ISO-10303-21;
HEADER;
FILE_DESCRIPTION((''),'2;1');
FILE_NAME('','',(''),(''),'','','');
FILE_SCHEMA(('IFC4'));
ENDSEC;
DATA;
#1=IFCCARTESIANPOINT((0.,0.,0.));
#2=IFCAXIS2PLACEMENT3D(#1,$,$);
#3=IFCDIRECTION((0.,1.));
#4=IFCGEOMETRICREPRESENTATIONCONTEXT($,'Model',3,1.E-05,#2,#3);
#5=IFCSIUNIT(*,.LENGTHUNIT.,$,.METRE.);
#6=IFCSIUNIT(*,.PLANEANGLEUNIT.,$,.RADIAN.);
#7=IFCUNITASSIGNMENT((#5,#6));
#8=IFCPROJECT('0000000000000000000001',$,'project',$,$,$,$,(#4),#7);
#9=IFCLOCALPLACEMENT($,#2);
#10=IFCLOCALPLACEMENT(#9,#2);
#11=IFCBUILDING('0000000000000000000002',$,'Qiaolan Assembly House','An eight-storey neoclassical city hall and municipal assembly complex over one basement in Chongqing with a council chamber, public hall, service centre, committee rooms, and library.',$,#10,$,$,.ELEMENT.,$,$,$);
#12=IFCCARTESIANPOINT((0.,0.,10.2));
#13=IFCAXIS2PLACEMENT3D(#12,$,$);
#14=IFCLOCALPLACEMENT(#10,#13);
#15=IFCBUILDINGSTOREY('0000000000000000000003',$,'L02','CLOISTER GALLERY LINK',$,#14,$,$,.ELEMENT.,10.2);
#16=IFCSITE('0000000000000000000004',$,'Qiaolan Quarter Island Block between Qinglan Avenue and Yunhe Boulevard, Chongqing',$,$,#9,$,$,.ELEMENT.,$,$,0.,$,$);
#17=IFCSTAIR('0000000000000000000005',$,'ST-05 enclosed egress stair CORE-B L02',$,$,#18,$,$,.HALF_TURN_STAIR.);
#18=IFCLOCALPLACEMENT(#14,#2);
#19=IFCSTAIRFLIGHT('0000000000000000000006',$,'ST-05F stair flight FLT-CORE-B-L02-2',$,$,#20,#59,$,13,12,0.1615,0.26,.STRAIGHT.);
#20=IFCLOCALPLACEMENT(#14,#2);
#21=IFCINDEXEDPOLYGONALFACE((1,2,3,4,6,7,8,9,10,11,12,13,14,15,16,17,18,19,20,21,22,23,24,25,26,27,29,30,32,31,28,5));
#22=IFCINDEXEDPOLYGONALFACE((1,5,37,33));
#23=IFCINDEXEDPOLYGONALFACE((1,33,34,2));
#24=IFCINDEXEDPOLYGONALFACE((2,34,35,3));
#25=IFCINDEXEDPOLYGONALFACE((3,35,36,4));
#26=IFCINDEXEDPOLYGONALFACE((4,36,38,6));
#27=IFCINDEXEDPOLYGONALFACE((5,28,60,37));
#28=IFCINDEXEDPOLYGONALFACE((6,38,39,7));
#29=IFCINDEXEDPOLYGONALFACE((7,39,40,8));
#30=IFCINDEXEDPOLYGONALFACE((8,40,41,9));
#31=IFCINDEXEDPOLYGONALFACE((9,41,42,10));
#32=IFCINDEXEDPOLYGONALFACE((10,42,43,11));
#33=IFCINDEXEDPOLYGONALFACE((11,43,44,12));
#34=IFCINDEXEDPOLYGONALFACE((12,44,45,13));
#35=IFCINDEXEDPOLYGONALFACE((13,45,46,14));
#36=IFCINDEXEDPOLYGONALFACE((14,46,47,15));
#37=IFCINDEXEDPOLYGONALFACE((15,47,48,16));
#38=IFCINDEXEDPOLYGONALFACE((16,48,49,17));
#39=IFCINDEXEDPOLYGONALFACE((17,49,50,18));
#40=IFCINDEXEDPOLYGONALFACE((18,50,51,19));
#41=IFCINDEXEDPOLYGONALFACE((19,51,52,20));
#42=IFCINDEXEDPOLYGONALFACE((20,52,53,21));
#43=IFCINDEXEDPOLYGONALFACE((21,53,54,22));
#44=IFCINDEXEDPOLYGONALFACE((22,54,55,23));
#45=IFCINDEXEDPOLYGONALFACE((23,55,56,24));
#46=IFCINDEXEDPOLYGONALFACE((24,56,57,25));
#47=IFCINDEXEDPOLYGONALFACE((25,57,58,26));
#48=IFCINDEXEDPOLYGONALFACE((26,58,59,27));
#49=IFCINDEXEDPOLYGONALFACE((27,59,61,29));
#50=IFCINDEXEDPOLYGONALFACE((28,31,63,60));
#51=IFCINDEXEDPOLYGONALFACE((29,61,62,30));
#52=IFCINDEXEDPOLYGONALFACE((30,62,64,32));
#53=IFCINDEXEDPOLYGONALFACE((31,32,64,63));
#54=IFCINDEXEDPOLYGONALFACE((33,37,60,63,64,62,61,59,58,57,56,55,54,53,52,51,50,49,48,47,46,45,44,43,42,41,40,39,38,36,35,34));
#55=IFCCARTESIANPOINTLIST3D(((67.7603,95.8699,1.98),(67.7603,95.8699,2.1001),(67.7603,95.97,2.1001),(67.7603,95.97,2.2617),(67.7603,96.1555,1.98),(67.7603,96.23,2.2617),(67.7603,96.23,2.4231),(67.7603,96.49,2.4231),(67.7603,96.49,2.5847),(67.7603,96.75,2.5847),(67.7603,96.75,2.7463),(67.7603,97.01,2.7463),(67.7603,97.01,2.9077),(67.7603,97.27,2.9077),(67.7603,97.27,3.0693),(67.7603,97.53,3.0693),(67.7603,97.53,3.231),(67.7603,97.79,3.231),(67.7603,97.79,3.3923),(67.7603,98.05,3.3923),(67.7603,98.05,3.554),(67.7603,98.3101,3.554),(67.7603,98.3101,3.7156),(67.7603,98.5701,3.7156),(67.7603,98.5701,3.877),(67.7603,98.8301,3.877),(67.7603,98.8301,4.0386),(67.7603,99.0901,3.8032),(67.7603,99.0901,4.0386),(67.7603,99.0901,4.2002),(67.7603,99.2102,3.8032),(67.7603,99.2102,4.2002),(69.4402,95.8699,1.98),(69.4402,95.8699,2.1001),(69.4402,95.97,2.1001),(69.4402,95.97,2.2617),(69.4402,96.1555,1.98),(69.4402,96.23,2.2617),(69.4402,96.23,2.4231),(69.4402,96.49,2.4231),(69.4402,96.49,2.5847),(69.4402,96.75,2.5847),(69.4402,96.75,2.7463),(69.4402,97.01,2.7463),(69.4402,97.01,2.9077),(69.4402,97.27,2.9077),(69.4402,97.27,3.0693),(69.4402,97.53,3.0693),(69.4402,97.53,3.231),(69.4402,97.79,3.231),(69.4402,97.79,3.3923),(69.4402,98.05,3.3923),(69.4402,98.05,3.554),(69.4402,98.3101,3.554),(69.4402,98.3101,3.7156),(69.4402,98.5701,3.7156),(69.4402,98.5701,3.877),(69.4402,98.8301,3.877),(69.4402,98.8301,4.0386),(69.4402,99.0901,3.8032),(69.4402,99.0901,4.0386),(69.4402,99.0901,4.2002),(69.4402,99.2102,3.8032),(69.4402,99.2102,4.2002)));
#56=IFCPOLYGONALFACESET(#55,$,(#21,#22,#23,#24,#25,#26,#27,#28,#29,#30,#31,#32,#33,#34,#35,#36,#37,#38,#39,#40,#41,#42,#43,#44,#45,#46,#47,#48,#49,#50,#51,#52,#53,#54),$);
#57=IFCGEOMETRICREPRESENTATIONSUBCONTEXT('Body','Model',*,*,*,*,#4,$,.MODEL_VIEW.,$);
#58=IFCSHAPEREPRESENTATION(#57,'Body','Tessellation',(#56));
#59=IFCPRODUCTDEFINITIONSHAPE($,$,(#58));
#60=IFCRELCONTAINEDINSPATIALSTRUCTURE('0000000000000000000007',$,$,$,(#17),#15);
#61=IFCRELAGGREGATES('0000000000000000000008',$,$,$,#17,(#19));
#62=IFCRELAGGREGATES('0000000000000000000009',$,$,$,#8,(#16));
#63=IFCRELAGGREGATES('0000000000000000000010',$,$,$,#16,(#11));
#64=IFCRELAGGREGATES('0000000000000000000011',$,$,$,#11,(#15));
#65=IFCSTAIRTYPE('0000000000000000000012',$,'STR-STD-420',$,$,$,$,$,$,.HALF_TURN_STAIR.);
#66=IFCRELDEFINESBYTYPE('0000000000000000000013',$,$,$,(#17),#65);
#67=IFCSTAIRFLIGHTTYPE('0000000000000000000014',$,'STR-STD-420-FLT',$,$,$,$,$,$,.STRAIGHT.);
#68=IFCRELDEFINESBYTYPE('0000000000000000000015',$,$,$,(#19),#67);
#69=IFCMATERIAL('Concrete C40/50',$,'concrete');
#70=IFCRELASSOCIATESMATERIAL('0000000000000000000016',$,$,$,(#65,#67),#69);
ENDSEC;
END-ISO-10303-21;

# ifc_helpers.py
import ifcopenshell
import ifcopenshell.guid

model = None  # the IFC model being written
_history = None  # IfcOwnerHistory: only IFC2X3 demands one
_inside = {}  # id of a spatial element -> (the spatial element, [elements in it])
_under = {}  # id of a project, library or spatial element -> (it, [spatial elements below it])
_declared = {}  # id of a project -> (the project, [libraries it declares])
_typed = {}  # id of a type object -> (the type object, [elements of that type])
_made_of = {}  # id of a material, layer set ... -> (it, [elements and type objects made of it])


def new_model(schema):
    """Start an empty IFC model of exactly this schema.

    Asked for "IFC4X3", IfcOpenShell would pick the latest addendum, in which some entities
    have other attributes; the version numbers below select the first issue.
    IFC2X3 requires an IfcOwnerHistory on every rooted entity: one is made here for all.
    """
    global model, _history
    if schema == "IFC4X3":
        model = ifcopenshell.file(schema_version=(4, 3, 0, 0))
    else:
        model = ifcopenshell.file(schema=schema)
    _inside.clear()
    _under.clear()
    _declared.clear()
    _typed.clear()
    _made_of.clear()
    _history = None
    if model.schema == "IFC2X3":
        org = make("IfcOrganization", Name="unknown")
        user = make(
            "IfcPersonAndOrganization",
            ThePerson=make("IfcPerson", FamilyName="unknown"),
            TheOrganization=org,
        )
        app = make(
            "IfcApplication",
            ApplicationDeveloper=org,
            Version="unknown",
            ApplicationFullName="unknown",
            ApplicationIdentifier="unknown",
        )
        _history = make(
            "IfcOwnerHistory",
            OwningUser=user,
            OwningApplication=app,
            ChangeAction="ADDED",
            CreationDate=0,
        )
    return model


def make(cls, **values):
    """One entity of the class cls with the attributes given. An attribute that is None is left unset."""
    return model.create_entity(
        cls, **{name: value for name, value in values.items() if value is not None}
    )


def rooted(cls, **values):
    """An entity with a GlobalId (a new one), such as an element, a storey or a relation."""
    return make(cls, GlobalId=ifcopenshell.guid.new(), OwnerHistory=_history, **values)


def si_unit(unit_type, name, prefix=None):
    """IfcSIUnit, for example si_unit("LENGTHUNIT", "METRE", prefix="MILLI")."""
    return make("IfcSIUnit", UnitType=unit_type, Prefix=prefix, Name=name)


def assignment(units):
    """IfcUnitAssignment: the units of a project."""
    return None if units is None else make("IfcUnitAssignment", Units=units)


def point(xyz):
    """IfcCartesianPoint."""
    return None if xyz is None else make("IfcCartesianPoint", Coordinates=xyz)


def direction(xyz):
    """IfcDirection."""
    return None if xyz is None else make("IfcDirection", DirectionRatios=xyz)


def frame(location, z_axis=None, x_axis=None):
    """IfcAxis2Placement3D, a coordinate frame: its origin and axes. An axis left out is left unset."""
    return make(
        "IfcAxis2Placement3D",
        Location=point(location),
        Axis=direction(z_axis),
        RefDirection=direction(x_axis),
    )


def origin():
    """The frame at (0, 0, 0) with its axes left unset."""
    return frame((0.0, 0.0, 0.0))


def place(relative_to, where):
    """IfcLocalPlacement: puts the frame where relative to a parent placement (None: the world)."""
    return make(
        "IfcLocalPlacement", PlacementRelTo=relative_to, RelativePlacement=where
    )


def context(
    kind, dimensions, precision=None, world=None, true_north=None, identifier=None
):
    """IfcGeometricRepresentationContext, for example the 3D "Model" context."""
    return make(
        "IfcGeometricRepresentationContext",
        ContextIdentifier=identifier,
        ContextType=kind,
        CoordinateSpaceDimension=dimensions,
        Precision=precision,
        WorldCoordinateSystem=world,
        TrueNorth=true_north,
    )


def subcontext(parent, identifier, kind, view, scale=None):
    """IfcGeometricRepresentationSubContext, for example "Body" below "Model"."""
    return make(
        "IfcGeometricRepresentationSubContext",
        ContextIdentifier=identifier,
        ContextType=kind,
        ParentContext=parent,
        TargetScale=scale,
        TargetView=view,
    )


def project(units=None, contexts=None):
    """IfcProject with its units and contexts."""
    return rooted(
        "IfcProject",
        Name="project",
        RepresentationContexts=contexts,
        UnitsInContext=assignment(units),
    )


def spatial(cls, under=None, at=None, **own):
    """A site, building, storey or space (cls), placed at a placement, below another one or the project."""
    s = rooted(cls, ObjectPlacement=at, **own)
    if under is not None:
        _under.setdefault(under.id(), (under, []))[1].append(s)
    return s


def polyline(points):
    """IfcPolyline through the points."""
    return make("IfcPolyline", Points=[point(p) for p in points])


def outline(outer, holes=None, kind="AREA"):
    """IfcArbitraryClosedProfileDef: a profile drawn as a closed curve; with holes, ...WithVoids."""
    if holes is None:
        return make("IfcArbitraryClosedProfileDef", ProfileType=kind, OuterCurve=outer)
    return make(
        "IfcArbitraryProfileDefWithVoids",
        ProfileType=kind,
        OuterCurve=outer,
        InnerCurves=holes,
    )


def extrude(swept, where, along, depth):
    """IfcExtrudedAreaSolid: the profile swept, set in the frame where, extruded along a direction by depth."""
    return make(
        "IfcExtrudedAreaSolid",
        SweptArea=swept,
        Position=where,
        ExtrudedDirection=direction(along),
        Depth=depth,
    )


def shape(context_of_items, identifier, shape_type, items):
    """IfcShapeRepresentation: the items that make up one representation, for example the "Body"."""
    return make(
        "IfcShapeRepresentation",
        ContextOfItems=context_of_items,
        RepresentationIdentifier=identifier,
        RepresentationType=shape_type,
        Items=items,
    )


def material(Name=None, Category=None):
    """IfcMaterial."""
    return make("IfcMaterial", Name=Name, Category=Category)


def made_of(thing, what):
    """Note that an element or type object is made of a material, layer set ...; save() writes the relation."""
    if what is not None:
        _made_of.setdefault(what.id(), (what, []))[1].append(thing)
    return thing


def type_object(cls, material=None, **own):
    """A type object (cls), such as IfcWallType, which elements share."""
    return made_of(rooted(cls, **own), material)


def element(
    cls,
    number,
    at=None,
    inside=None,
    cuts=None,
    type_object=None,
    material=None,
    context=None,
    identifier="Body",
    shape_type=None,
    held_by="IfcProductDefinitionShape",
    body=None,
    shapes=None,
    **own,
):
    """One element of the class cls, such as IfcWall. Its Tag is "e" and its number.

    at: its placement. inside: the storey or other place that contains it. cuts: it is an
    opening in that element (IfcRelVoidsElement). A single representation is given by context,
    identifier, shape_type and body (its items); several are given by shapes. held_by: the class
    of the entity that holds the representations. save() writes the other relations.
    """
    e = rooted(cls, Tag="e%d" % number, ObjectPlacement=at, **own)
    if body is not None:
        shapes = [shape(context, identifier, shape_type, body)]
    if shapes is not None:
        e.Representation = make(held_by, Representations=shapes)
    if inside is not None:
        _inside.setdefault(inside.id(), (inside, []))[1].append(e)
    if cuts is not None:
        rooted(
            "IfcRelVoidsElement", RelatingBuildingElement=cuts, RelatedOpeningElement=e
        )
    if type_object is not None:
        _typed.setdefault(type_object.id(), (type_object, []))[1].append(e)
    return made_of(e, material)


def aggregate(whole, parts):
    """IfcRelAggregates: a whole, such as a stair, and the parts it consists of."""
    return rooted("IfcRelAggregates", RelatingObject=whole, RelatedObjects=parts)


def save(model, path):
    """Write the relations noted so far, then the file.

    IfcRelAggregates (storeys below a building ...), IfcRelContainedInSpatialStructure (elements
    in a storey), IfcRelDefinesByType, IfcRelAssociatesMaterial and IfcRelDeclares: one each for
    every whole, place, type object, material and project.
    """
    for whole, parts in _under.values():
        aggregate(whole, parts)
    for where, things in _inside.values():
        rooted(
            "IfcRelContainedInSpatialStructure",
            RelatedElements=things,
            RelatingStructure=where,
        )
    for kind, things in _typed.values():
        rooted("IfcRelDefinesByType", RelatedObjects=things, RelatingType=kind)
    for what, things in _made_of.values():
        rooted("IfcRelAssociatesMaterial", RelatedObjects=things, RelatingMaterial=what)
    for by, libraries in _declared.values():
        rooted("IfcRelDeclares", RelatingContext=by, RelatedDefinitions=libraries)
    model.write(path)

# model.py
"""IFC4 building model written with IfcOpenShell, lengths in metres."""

from ifc_helpers import new_model, si_unit, direction, frame, origin, place, context, subcontext, project, spatial, polyline, outline, extrude, material, type_object, element, aggregate, save


model = new_model("IFC4")

# Units and contexts
model_context = context("Model", 3, precision=1e-05, world=origin(), true_north=direction((0.0, 1.0)))
body_context = subcontext(model_context, "Body", "Model", "MODEL_VIEW")
ifc_project = project(units=[si_unit("LENGTHUNIT", "METRE"), si_unit("PLANEANGLEUNIT", "RADIAN")], contexts=[model_context])

# Site, building, storey
site_placement = place(None, origin())
site = spatial("IfcSite", under=ifc_project, at=site_placement, Name="Qiaolan Quarter Island Block between Qinglan Avenue and Yunhe Boulevard, Chongqing", CompositionType="ELEMENT", RefElevation=0.0)
building_placement = place(site_placement, origin())
building = spatial("IfcBuilding", under=site, at=building_placement, Name="Qiaolan Assembly House", Description="An eight-storey neoclassical city hall and municipal assembly complex over one basement in Chongqing with a council chamber, public hall, service centre, committee rooms, and library.", CompositionType="ELEMENT")
storey_placement = place(building_placement, frame((0.0, 0.0, 10.2)))
storey = spatial("IfcBuildingStorey", under=building, at=storey_placement, Name="L02", Description="CLOISTER GALLERY LINK", CompositionType="ELEMENT", Elevation=10.2)

# Shared definitions
ifc_material_1 = material(Name="Concrete C40/50", Category="concrete")

# Stair, stair flight
stair_type = type_object("IfcStairType", Name="STR-STD-420", PredefinedType="HALF_TURN_STAIR", material=ifc_material_1)
stair_placement = place(storey_placement, origin())
stair = element("IfcStair", 1, at=stair_placement, inside=storey, type_object=stair_type, Name="ST-05 enclosed egress stair CORE-B L02", PredefinedType="HALF_TURN_STAIR")
stair_flight_type = type_object("IfcStairFlightType", Name="STR-STD-420-FLT", PredefinedType="STRAIGHT", material=ifc_material_1)
stair_flight_placement = place(storey_placement, frame((68.6001, 95.97, 2.1001), z_axis=(0.0, 0.0, 1.0), x_axis=(0.0, 1.0, 0.0)))
stair_flight = element("IfcStairFlight", 2, at=stair_flight_placement, type_object=stair_flight_type, Name="ST-05F stair flight FLT-CORE-B-L02-2", NumberOfRisers=13, NumberOfTreads=12, PredefinedType="STRAIGHT", RiserHeight=0.1615, TreadLength=0.26, context=body_context, shape_type="SweptSolid", body=[
    extrude(outline(polyline([(-0.1001, -0.1201), (-0.1001, 0.0), (0.0, 0.0), (0.0, 0.1616), (0.26, 0.1616), (0.26, 0.323), (0.52, 0.323), (0.52, 0.4846), (0.78, 0.4846), (0.78, 0.6462), (1.04, 0.6462), (1.04, 0.8076), (1.3, 0.8076), (1.3, 0.9692), (1.5601, 0.9692), (1.5601, 1.1309), (1.8201, 1.1309), (1.8201, 1.2922), (2.0801, 1.2922), (2.0801, 1.4539), (2.3401, 1.4539), (2.3401, 1.6155), (2.6001, 1.6155), (2.6001, 1.7769), (2.8601, 1.7769), (2.8601, 1.9385), (3.1201, 1.9385), (3.1201, 2.1001), (3.2402, 2.1001), (3.2402, 1.7031), (3.1201, 1.7031), (0.1855, -0.1201), (-0.1001, -0.1201)])), frame((0.0, 0.8398, 0.0), z_axis=(0.0, -1.0, 0.0), x_axis=(1.0, 0.0, 0.0)), (0.0, 0.0, 1.0), 1.6799),
])
aggregate(stair, [stair_flight])

save(model, "model.ifc")
